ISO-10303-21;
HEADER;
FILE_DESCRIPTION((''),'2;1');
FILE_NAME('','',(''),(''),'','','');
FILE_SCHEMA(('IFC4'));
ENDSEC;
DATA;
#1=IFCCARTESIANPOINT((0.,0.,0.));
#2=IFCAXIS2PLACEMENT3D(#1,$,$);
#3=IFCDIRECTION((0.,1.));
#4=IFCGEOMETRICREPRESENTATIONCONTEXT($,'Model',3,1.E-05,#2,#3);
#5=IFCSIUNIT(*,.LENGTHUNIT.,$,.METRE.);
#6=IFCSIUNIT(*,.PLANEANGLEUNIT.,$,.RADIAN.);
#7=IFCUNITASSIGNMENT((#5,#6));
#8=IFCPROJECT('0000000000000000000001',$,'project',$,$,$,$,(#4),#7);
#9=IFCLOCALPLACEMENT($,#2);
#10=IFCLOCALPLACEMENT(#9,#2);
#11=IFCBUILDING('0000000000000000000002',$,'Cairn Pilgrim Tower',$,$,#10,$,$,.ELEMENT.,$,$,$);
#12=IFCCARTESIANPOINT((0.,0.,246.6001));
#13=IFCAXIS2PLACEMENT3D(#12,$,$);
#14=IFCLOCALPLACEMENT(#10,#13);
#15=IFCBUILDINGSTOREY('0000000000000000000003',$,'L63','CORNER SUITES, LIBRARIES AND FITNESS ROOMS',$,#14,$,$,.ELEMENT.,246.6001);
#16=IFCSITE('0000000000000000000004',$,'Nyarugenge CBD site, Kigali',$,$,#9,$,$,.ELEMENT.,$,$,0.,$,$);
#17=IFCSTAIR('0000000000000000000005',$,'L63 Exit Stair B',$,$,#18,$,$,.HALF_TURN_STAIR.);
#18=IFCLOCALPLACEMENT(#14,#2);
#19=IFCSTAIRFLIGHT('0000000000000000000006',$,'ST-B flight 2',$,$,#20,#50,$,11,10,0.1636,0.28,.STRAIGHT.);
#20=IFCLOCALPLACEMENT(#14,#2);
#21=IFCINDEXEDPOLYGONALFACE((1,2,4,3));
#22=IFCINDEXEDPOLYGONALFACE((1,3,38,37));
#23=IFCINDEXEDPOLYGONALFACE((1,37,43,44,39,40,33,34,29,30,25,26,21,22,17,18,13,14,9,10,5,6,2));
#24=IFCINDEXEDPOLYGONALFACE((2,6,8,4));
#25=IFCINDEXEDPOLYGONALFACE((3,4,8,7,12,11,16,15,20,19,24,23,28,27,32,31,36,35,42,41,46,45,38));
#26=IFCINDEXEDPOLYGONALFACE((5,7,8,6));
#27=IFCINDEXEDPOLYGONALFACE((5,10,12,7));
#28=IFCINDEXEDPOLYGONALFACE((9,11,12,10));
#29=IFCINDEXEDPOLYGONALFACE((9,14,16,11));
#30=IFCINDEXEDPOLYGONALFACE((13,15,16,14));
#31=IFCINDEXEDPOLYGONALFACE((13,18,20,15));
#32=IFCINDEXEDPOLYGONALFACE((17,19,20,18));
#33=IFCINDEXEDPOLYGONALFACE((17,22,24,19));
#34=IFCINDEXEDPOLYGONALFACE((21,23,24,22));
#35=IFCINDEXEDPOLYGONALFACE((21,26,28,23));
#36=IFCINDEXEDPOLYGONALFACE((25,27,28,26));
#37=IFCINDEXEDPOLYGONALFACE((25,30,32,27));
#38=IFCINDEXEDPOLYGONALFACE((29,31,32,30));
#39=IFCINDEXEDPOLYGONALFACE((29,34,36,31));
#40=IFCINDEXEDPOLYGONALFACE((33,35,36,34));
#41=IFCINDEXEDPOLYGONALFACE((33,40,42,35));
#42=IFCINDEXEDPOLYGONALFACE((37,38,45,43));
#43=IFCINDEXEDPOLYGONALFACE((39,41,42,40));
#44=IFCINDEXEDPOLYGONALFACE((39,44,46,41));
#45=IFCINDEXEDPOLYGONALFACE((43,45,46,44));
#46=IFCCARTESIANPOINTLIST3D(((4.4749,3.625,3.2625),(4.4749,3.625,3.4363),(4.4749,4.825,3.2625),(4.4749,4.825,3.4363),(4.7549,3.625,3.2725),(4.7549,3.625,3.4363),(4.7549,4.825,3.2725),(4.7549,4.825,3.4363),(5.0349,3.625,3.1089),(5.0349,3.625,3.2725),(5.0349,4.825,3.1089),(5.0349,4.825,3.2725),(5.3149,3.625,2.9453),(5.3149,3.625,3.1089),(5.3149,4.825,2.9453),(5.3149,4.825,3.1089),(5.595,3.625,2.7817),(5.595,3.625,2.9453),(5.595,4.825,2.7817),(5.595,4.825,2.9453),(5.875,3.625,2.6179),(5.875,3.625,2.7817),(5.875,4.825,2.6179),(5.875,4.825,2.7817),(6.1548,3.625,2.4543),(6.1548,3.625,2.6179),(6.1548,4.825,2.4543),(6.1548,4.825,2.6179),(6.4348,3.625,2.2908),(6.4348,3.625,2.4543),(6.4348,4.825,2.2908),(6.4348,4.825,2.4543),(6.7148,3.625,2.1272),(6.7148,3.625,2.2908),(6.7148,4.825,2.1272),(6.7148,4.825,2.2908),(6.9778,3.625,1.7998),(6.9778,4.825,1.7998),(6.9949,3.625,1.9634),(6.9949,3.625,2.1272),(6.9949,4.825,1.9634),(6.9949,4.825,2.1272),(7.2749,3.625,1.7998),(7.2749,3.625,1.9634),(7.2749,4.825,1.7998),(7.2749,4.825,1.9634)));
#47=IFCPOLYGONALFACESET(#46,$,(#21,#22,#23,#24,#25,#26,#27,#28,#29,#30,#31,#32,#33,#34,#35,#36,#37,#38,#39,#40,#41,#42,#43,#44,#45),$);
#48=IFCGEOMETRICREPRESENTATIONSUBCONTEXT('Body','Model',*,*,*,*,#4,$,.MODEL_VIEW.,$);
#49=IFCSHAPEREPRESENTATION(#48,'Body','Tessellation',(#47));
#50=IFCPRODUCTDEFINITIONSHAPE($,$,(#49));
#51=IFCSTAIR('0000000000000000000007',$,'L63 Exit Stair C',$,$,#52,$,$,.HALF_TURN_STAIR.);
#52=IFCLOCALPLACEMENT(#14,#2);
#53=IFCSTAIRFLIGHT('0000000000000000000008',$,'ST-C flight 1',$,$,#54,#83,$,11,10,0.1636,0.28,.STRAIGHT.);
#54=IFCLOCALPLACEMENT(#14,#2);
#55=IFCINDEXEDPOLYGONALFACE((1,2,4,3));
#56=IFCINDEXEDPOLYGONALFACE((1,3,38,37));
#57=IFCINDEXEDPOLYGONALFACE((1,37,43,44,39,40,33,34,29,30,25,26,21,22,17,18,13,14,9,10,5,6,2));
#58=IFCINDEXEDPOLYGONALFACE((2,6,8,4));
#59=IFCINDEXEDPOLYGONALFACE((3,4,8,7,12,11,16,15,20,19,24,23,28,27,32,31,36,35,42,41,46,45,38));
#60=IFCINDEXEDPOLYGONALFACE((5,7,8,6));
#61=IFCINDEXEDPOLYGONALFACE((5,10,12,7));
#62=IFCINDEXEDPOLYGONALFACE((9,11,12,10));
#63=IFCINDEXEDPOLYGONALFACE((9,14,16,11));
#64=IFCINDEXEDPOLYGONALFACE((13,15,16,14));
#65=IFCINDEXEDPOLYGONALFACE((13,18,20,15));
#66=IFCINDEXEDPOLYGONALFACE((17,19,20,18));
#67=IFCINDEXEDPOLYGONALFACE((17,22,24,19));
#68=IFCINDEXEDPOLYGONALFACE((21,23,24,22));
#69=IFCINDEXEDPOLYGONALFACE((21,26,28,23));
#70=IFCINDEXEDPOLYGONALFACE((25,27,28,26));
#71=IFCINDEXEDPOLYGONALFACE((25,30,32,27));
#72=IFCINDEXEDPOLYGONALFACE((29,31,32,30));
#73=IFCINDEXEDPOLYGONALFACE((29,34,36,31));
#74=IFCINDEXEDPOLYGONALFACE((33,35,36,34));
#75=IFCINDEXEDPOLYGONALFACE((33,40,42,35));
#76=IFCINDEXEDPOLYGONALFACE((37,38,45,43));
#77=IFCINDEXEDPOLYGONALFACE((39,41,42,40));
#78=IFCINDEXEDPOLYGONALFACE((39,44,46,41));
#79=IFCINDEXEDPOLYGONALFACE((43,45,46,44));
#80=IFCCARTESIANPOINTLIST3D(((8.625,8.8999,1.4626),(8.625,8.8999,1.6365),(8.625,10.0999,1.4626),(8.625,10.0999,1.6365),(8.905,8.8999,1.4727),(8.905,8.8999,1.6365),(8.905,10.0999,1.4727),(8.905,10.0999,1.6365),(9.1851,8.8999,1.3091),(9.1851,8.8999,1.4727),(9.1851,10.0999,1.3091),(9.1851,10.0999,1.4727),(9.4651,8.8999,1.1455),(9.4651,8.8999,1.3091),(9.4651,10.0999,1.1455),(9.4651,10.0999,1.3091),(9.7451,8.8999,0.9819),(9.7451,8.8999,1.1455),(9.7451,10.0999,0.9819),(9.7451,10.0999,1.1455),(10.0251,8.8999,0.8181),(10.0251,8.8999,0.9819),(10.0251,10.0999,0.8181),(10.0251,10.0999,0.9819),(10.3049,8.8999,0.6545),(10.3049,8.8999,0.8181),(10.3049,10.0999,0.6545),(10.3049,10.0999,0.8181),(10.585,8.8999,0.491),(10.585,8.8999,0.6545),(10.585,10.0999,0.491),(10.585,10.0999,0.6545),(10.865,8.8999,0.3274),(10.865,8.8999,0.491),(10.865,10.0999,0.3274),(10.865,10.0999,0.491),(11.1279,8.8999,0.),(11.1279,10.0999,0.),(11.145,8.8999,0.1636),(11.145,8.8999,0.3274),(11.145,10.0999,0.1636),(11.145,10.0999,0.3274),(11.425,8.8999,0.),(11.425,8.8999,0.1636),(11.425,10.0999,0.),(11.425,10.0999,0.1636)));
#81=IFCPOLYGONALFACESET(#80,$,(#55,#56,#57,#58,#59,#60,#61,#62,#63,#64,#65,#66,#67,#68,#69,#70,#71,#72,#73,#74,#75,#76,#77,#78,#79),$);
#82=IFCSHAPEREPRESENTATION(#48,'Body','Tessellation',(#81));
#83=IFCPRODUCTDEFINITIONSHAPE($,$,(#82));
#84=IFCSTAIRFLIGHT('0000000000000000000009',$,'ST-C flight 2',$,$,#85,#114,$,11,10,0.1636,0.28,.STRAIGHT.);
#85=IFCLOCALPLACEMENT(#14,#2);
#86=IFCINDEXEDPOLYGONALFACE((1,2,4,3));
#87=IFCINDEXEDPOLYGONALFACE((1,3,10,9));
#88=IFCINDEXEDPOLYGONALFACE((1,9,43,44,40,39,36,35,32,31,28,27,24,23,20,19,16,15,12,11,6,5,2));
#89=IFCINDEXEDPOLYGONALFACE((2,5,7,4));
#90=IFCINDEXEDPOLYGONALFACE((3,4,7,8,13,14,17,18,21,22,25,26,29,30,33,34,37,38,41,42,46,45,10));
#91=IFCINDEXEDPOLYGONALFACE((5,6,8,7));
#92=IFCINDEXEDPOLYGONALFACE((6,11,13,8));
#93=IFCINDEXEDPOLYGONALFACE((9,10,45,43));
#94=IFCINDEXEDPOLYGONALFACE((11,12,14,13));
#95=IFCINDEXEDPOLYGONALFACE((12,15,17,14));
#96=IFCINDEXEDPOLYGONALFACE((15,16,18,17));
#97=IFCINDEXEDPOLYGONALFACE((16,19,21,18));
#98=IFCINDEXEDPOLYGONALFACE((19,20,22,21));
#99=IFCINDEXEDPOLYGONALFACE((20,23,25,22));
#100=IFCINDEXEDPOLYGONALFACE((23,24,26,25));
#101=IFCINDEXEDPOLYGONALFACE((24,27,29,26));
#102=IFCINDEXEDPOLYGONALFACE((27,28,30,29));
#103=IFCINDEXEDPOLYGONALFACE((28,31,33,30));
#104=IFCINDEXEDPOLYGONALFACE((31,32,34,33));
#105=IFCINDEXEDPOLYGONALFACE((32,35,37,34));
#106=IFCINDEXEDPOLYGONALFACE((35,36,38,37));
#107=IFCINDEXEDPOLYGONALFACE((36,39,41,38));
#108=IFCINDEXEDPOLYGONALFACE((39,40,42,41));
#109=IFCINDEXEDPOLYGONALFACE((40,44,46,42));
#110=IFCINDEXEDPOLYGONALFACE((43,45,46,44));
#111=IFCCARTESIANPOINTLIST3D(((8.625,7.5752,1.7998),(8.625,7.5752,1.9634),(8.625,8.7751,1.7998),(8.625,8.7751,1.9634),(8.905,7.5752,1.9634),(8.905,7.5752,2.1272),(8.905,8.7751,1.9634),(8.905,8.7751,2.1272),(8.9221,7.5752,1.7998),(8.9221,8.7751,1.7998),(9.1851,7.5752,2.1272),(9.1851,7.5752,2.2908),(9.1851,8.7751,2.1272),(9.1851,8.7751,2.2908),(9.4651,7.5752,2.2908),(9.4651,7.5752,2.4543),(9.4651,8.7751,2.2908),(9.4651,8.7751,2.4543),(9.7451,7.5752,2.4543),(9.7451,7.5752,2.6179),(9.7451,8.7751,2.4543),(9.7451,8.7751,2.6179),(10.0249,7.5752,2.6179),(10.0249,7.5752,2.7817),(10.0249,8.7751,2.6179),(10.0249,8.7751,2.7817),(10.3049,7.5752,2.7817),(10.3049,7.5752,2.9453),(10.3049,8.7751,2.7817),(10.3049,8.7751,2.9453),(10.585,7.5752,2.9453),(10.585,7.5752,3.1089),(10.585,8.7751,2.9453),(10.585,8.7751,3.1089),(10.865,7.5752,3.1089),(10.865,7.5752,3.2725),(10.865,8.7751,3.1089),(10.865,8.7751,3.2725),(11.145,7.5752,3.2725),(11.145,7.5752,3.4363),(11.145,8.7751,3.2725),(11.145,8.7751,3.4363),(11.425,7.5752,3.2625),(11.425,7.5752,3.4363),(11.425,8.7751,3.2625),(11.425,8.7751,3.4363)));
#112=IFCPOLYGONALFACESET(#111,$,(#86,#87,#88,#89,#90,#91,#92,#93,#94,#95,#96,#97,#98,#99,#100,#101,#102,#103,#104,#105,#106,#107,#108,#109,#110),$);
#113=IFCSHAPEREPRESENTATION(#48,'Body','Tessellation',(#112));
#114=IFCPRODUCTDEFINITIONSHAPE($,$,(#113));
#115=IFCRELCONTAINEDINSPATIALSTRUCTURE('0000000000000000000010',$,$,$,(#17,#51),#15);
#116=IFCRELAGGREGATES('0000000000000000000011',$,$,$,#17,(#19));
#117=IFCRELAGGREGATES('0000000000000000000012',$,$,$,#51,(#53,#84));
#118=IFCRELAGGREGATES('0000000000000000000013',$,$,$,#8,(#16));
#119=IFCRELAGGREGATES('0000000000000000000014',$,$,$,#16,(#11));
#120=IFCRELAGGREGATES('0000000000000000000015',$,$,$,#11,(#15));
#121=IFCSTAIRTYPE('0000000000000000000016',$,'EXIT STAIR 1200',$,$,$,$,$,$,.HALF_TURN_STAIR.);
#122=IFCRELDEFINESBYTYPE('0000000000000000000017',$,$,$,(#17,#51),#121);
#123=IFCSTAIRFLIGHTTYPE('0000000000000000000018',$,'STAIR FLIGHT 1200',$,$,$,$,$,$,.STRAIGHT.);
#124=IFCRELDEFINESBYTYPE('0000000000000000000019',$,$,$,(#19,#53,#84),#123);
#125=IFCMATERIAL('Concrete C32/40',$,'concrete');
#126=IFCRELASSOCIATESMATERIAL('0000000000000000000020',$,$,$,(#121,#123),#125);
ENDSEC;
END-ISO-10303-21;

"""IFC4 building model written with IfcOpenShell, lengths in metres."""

from ifc_helpers import new_model, si_unit, direction, frame, origin, place, context, subcontext, project, spatial, polyline, outline, extrude, material, type_object, element, aggregate, save


model = new_model("IFC4")

# Units and contexts
model_context = context("Model", 3, precision=1e-05, world=origin(), true_north=direction((0.0, 1.0)))
body_context = subcontext(model_context, "Body", "Model", "MODEL_VIEW")
ifc_project = project(units=[si_unit("LENGTHUNIT", "METRE"), si_unit("PLANEANGLEUNIT", "RADIAN")], contexts=[model_context])

# Site, building, storey
site_placement = place(None, origin())
site = spatial("IfcSite", under=ifc_project, at=site_placement, Name="Nyarugenge CBD site, Kigali", CompositionType="ELEMENT", RefElevation=0.0)
building_placement = place(site_placement, origin())
building = spatial("IfcBuilding", under=site, at=building_placement, Name="Cairn Pilgrim Tower", CompositionType="ELEMENT")
storey_placement = place(building_placement, frame((0.0, 0.0, 246.6001)))
storey = spatial("IfcBuildingStorey", under=building, at=storey_placement, Name="L63", Description="CORNER SUITES, LIBRARIES AND FITNESS ROOMS", CompositionType="ELEMENT", Elevation=246.6001)

# Shared definitions
ifc_material_1 = material(Name="Concrete C32/40", Category="concrete")

# Stairs, stair flights
stair_type = type_object("IfcStairType", Name="EXIT STAIR 1200", PredefinedType="HALF_TURN_STAIR", material=ifc_material_1)
stair_1_placement = place(storey_placement, origin())
stair_1 = element("IfcStair", 1, at=stair_1_placement, inside=storey, type_object=stair_type, Name="L63 Exit Stair B", PredefinedType="HALF_TURN_STAIR")
stair_flight_type = type_object("IfcStairFlightType", Name="STAIR FLIGHT 1200", PredefinedType="STRAIGHT", material=ifc_material_1)
stair_flight_1_placement = place(storey_placement, frame((7.2749, 4.2251, 1.7998), z_axis=(0.0, 0.0, 1.0), x_axis=(-1.0, 0.0, 0.0)))
stair_flight_1 = element("IfcStairFlight", 2, at=stair_flight_1_placement, type_object=stair_flight_type, Name="ST-B flight 2", NumberOfRisers=11, NumberOfTreads=10, PredefinedType="STRAIGHT", RiserHeight=0.1636, TreadLength=0.28, context=body_context, shape_type="SweptSolid", body=[
    extrude(outline(polyline([(0.0, 0.0), (0.0, 0.1636), (0.28, 0.1636), (0.28, 0.3274), (0.5601, 0.3274), (0.5601, 0.491), (0.8401, 0.491), (0.8401, 0.6545), (1.1201, 0.6545), (1.1201, 0.8181), (1.3999, 0.8181), (1.3999, 0.9819), (1.6799, 0.9819), (1.6799, 1.1455), (1.96, 1.1455), (1.96, 1.3091), (2.24, 1.3091), (2.24, 1.4727), (2.52, 1.4727), (2.52, 1.6365), (2.8, 1.6365), (2.8, 1.8), (2.8, 1.4626), (0.2971, 0.0), (0.0, 0.0)])), frame((0.0, 0.6001, 0.0), z_axis=(0.0, -1.0, 0.0), x_axis=(1.0, 0.0, 0.0)), (0.0, 0.0, 1.0), 1.2),
])
aggregate(stair_1, [stair_flight_1])
stair_2_placement = place(storey_placement, origin())
stair_2 = element("IfcStair", 3, at=stair_2_placement, inside=storey, type_object=stair_type, Name="L63 Exit Stair C", PredefinedType="HALF_TURN_STAIR")
stair_flight_2_placement = place(storey_placement, frame((11.425, 9.5, 0.0), z_axis=(0.0, 0.0, 1.0), x_axis=(-1.0, 0.0, 0.0)))
stair_flight_2 = element("IfcStairFlight", 4, at=stair_flight_2_placement, type_object=stair_flight_type, Name="ST-C flight 1", NumberOfRisers=11, NumberOfTreads=10, PredefinedType="STRAIGHT", RiserHeight=0.1636, TreadLength=0.28, context=body_context, shape_type="SweptSolid", body=[
    extrude(outline(polyline([(0.0, 0.0), (0.0, 0.1636), (0.28, 0.1636), (0.28, 0.3274), (0.5601, 0.3274), (0.5601, 0.491), (0.8401, 0.491), (0.8401, 0.6545), (1.1201, 0.6545), (1.1201, 0.8181), (1.3999, 0.8181), (1.3999, 0.9819), (1.6799, 0.9819), (1.6799, 1.1455), (1.96, 1.1455), (1.96, 1.3091), (2.24, 1.3091), (2.24, 1.4727), (2.52, 1.4727), (2.52, 1.6365), (2.8, 1.6365), (2.8, 1.8), (2.8, 1.4626), (0.2971, 0.0), (0.0, 0.0)])), frame((0.0, 0.6001, 0.0), z_axis=(0.0, -1.0, 0.0), x_axis=(1.0, 0.0, 0.0)), (0.0, 0.0, 1.0), 1.2),
])
stair_flight_3_placement = place(storey_placement, frame((8.625, 8.175, 1.7998), z_axis=(0.0, 0.0, 1.0), x_axis=(1.0, 0.0, 0.0)))
stair_flight_3 = element("IfcStairFlight", 5, at=stair_flight_3_placement, type_object=stair_flight_type, Name="ST-C flight 2", NumberOfRisers=11, NumberOfTreads=10, PredefinedType="STRAIGHT", RiserHeight=0.1636, TreadLength=0.28, context=body_context, shape_type="SweptSolid", body=[
    extrude(outline(polyline([(0.0, 0.0), (0.0, 0.1636), (0.28, 0.1636), (0.28, 0.3274), (0.5601, 0.3274), (0.5601, 0.491), (0.8401, 0.491), (0.8401, 0.6545), (1.1201, 0.6545), (1.1201, 0.8181), (1.3999, 0.8181), (1.3999, 0.9819), (1.6799, 0.9819), (1.6799, 1.1455), (1.96, 1.1455), (1.96, 1.3091), (2.24, 1.3091), (2.24, 1.4727), (2.52, 1.4727), (2.52, 1.6365), (2.8, 1.6365), (2.8, 1.8), (2.8, 1.4626), (0.2971, 0.0), (0.0, 0.0)])), frame((0.0, 0.6001, 0.0), z_axis=(0.0, -1.0, 0.0), x_axis=(1.0, 0.0, 0.0)), (0.0, 0.0, 1.0), 1.2),
])
aggregate(stair_2, [stair_flight_2, stair_flight_3])

save(model, "model.ifc")
